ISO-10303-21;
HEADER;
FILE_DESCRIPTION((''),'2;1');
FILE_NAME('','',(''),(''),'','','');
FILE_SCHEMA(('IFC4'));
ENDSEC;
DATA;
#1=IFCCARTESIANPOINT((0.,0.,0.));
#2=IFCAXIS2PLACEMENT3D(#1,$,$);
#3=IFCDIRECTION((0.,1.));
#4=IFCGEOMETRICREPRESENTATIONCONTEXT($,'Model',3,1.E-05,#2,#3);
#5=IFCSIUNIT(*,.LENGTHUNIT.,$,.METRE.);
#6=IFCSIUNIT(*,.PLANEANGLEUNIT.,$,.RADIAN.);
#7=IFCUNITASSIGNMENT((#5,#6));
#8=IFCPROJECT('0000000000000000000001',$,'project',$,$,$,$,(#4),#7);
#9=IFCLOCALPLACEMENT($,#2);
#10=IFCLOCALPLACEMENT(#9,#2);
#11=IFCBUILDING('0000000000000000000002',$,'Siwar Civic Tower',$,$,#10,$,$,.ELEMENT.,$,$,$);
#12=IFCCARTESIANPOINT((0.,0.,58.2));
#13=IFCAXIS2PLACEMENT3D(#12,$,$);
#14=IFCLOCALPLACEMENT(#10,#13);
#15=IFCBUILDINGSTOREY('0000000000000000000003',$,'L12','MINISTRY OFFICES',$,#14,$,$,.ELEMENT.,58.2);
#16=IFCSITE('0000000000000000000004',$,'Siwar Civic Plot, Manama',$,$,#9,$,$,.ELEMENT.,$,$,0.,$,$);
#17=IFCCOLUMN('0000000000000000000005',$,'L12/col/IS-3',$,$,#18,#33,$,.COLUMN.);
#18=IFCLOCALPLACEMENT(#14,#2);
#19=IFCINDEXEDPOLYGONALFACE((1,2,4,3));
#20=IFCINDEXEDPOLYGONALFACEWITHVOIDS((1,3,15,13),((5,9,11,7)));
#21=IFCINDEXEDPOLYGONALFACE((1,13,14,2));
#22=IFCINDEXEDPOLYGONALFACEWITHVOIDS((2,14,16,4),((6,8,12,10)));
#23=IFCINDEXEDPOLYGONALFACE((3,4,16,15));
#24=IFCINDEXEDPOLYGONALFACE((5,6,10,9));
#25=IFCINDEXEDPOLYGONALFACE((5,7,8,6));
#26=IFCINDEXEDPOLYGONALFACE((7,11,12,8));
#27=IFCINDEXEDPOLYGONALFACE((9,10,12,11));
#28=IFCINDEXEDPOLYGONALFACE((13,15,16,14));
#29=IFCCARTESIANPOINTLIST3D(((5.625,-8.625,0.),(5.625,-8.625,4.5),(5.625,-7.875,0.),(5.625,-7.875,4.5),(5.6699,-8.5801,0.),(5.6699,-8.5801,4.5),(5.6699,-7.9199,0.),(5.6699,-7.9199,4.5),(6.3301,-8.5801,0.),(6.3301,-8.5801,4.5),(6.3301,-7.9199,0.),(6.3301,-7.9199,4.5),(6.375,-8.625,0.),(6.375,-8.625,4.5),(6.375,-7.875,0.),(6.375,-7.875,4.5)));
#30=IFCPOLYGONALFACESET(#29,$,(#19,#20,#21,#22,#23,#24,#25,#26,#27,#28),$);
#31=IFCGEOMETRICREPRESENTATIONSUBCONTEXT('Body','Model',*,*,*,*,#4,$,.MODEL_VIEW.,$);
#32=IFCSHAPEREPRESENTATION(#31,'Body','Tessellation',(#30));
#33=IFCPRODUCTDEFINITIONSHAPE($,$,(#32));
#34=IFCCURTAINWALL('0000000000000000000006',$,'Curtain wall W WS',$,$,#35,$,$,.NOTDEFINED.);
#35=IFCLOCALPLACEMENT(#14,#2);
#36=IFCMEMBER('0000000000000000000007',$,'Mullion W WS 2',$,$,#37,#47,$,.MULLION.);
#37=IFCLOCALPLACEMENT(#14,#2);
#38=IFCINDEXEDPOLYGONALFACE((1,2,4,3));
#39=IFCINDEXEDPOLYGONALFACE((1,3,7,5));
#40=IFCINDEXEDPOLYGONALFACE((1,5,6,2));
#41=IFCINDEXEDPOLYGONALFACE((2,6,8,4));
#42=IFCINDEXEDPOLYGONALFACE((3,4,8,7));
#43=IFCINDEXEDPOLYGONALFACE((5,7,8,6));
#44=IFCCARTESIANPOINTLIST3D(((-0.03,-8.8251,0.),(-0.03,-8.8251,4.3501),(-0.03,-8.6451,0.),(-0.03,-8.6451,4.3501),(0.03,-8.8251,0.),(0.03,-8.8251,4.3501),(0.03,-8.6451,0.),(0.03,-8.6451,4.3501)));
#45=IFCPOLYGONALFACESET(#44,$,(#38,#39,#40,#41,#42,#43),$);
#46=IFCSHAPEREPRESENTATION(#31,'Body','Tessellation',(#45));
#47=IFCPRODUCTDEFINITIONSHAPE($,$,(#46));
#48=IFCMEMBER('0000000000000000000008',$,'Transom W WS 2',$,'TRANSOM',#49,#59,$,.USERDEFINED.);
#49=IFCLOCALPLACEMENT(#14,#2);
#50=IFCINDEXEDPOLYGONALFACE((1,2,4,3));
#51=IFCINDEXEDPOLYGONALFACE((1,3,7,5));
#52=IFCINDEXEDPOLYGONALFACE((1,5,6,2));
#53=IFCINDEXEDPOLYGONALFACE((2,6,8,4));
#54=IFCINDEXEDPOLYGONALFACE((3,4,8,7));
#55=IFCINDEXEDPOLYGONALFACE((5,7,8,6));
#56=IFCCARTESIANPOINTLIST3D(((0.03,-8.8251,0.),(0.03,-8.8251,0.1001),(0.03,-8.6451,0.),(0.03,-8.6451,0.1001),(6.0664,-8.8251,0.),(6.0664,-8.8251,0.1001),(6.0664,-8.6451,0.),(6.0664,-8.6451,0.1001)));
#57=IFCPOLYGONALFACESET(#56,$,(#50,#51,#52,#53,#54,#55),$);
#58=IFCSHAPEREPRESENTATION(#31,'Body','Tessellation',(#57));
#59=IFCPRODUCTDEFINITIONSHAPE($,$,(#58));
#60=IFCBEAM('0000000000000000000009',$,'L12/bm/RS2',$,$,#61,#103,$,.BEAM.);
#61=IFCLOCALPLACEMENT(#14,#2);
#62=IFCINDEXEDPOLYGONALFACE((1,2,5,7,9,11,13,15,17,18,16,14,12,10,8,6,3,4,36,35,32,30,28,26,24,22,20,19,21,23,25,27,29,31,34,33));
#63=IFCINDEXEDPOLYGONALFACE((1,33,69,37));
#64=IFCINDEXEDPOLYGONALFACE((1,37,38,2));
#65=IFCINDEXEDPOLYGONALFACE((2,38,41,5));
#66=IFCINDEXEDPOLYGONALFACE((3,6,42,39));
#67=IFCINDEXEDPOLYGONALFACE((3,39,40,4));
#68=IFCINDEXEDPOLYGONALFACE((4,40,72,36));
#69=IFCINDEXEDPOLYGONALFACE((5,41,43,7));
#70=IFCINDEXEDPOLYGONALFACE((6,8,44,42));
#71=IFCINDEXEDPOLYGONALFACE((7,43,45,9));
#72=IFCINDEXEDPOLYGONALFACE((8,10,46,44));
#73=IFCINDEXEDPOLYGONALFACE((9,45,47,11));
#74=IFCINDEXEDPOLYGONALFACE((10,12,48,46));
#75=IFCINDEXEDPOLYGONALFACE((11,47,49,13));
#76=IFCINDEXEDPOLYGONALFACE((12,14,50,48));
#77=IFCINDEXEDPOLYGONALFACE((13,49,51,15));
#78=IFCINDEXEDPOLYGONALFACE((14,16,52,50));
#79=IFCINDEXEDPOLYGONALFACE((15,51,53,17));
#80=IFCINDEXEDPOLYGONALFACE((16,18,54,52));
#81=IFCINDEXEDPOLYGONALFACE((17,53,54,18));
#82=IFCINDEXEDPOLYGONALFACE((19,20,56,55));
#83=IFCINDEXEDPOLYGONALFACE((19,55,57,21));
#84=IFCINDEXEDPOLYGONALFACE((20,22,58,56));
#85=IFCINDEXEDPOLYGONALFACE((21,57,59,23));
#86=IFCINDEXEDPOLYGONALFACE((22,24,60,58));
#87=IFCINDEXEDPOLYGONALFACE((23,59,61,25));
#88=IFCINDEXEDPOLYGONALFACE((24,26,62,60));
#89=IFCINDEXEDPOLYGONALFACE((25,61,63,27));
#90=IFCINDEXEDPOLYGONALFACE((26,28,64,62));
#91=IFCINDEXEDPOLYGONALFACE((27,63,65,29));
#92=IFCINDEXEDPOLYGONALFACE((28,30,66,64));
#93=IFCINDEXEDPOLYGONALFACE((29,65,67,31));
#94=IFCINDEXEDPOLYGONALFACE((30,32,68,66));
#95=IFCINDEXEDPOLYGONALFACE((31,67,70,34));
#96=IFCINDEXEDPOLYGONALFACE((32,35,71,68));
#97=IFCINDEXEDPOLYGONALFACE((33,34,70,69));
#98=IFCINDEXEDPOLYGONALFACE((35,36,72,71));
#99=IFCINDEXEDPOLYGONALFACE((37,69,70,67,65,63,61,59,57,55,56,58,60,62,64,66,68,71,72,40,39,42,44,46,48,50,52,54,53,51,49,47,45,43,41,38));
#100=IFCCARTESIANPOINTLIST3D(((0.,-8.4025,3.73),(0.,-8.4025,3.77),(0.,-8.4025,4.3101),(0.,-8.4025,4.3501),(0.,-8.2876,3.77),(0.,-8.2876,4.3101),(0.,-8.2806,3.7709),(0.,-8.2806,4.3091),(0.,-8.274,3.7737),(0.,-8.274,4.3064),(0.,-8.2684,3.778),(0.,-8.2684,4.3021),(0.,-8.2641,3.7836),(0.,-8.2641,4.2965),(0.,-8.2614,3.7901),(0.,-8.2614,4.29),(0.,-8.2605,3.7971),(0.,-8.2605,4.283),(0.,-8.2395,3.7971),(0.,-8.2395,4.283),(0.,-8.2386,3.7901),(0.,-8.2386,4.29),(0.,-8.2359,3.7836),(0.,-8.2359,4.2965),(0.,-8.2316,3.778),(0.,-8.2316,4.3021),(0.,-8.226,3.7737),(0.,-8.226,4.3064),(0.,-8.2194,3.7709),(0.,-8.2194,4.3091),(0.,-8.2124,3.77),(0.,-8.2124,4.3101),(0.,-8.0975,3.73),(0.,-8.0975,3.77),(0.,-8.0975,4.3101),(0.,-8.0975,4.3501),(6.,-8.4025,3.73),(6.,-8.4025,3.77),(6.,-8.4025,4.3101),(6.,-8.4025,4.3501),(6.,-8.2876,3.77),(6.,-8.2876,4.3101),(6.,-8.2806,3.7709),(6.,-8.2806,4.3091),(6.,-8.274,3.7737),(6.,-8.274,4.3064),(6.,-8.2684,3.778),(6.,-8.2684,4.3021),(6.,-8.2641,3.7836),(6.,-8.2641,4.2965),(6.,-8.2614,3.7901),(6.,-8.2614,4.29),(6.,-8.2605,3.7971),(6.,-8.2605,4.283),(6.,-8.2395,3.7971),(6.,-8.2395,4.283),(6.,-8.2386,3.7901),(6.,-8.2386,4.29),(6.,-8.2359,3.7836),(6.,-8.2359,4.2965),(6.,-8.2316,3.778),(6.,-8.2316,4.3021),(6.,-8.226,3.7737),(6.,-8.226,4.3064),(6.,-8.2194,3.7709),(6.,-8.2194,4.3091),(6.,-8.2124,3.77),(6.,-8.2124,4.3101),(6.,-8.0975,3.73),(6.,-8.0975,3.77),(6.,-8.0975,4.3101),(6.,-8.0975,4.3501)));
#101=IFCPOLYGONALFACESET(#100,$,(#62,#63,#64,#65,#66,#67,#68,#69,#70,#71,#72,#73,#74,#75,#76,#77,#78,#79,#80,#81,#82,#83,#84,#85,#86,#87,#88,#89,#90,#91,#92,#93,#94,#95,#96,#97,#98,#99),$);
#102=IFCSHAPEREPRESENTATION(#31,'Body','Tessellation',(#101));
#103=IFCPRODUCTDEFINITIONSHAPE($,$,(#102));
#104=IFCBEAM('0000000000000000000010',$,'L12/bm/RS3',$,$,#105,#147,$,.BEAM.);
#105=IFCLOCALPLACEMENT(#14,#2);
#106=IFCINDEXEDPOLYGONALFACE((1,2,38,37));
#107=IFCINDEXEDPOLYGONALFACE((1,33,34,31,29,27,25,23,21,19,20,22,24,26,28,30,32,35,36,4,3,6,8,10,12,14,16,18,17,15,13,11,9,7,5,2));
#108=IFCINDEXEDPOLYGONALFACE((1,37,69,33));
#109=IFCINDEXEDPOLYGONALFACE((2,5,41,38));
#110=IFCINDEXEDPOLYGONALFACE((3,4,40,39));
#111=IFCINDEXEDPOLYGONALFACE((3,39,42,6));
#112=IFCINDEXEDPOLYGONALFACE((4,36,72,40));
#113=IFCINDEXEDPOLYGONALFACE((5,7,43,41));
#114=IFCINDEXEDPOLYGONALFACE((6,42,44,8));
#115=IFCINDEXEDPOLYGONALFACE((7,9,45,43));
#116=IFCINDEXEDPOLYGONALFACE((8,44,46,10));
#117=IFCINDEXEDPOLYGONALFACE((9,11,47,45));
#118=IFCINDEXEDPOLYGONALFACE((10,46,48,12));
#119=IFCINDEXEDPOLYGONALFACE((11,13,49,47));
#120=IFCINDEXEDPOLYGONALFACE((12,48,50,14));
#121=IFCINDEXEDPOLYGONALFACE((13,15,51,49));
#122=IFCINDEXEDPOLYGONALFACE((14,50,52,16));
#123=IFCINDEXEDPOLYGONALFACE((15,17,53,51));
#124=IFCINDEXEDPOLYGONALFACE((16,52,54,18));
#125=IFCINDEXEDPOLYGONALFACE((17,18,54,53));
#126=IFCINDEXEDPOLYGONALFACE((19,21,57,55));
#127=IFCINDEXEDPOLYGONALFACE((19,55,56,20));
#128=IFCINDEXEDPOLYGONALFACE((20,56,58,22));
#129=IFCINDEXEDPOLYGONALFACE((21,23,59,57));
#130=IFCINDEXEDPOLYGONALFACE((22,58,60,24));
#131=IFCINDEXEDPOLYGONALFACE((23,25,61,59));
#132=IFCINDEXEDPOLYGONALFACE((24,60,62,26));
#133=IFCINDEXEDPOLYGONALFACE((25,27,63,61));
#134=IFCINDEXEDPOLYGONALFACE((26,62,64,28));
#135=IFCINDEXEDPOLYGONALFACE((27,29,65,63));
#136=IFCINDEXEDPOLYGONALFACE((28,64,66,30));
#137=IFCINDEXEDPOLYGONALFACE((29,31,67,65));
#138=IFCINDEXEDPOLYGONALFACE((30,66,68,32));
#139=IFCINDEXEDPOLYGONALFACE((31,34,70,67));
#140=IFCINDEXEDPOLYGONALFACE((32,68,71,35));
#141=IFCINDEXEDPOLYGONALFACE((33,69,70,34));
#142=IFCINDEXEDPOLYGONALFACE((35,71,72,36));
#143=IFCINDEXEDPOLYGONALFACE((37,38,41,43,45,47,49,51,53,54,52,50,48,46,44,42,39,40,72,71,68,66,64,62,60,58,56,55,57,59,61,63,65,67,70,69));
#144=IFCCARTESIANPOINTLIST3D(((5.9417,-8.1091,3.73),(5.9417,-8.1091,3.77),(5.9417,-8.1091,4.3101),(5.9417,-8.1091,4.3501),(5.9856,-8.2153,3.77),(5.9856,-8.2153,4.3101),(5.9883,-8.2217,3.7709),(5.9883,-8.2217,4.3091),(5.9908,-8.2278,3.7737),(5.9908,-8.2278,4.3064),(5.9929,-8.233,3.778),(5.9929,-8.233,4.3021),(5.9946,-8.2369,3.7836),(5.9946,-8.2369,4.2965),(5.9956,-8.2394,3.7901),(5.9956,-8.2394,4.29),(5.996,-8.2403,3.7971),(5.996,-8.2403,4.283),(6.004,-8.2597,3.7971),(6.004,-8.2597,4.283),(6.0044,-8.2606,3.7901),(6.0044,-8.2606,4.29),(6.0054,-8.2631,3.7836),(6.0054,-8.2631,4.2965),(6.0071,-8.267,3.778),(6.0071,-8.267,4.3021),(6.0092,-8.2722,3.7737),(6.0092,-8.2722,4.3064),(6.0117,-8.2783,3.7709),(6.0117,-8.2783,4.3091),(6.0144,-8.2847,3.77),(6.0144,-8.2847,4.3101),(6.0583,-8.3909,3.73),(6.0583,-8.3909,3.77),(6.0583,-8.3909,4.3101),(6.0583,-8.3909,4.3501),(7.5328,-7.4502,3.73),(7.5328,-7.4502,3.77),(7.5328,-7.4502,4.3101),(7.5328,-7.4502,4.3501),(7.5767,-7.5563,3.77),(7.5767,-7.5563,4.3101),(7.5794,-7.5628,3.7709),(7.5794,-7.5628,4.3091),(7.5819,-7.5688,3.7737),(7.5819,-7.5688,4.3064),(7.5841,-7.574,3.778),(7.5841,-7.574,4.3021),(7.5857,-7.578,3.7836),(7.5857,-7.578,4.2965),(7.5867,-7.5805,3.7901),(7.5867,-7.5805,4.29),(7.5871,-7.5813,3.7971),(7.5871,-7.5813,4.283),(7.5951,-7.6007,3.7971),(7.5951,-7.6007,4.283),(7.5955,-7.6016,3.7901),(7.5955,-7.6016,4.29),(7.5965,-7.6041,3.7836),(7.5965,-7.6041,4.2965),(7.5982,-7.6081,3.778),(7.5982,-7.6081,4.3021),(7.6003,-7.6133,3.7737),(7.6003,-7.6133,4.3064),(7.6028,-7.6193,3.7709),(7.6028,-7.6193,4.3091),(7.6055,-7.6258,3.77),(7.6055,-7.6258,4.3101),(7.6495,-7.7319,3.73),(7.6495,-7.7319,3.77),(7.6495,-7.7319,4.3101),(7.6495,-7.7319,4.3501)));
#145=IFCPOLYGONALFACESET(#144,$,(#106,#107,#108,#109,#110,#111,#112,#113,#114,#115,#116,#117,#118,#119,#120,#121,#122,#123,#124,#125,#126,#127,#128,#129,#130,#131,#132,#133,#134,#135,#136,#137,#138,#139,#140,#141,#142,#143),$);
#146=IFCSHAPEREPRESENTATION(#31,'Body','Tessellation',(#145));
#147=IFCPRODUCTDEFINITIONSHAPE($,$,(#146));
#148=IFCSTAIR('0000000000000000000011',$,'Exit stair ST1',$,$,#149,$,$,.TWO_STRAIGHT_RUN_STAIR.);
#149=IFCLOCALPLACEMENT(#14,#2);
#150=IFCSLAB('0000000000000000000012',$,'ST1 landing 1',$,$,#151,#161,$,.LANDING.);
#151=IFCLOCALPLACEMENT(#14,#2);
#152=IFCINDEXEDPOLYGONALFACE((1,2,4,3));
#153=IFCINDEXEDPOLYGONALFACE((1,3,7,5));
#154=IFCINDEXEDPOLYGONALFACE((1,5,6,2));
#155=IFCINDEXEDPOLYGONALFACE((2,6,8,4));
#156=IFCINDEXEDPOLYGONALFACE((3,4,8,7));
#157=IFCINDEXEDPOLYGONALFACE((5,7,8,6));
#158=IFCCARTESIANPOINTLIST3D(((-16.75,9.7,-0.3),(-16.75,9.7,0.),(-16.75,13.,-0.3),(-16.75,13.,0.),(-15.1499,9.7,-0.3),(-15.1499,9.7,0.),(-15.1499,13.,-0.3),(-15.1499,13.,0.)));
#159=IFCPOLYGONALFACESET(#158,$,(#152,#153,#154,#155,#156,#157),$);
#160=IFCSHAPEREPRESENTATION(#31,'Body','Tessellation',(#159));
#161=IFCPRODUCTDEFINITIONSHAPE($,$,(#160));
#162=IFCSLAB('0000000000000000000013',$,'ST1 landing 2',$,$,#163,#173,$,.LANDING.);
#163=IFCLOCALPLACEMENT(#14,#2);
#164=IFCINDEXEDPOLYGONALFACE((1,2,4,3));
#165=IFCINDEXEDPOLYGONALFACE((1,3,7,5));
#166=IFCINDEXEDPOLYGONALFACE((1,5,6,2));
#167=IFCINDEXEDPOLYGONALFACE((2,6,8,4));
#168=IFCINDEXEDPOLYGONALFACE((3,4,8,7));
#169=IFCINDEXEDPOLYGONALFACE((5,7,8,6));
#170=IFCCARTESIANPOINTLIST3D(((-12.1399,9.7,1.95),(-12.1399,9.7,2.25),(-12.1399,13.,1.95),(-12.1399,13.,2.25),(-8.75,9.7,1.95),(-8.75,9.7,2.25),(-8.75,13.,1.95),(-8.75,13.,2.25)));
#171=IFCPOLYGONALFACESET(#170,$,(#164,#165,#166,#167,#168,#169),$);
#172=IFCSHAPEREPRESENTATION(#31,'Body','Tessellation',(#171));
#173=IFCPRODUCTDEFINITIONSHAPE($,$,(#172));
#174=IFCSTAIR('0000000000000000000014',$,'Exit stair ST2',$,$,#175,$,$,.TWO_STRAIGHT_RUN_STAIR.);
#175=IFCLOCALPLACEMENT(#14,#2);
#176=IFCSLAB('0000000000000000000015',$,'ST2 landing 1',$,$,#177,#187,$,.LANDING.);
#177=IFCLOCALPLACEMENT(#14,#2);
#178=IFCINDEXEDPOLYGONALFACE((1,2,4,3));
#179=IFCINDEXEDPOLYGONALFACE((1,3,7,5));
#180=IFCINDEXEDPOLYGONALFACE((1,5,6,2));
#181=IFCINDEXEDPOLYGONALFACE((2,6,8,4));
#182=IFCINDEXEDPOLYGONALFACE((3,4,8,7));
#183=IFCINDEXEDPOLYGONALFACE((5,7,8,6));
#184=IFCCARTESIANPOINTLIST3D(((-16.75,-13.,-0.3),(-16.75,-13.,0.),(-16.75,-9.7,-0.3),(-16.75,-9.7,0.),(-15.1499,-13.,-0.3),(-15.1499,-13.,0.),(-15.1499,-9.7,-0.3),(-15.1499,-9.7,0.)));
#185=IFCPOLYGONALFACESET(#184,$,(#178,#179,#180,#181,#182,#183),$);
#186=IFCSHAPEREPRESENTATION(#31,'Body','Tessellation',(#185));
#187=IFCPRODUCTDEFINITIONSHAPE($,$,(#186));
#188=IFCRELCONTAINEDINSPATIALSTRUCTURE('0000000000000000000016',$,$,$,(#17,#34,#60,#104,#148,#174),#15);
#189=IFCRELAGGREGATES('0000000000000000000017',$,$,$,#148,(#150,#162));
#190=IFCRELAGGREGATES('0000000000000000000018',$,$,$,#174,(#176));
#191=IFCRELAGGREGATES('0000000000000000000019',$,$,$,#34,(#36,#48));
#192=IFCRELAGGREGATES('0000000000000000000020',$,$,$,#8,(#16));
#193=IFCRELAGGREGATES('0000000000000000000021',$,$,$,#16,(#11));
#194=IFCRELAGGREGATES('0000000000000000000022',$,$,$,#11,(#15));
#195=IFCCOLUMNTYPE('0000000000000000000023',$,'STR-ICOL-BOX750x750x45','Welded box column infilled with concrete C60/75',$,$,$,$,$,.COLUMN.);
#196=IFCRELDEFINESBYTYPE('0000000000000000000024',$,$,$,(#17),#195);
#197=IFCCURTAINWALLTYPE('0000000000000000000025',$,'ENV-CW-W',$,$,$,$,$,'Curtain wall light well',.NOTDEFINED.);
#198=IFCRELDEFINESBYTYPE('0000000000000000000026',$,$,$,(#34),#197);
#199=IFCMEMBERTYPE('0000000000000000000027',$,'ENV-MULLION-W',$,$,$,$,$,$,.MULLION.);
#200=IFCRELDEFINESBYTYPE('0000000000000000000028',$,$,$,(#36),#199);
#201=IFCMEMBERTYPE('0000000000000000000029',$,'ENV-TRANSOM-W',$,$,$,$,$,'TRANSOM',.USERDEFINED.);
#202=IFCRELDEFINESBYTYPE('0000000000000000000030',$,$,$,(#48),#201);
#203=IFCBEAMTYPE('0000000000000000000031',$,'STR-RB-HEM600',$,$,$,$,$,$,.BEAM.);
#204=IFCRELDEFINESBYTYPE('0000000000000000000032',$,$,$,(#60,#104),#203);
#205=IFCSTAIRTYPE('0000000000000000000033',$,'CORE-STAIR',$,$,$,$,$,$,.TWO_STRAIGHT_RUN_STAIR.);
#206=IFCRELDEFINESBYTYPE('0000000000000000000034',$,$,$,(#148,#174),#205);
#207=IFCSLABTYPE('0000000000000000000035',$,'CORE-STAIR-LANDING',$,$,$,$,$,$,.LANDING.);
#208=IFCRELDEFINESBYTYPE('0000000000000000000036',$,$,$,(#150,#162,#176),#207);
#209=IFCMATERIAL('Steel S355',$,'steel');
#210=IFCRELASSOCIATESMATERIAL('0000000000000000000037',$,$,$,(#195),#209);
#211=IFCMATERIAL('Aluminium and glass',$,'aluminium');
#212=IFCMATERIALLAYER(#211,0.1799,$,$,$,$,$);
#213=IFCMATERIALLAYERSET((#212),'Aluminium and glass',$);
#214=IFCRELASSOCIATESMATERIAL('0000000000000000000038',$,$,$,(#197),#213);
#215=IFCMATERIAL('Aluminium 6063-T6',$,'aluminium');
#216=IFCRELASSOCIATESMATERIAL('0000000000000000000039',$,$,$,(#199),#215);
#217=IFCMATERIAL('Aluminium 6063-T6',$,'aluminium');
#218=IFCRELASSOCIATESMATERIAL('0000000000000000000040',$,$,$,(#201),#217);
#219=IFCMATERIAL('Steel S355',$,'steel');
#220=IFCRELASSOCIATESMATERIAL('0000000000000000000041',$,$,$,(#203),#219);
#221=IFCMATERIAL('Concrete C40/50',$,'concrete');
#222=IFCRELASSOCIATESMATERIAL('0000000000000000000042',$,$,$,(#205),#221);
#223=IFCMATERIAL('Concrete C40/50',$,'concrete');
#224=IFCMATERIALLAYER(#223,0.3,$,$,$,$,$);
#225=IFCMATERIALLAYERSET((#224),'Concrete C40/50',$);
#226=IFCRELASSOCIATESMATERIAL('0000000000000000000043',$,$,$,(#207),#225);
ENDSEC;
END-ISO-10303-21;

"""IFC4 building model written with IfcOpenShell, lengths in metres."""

from ifc_helpers import new_model, si_unit, direction, frame, origin, origin_2d, place, context, subcontext, project, spatial, polyline, rectangle, hollow_rectangle, i_section, outline, extrude, material, layer, layer_set, material_profile, profile_set, type_object, element, aggregate, save


model = new_model("IFC4")

# Units and contexts
model_context = context("Model", 3, precision=1e-05, world=origin(), true_north=direction((0.0, 1.0)))
body_context = subcontext(model_context, "Body", "Model", "MODEL_VIEW")
ifc_project = project(units=[si_unit("LENGTHUNIT", "METRE"), si_unit("PLANEANGLEUNIT", "RADIAN")], contexts=[model_context])

# Site, building, storey
site_placement = place(None, origin())
site = spatial("IfcSite", under=ifc_project, at=site_placement, Name="Siwar Civic Plot, Manama", CompositionType="ELEMENT", RefElevation=0.0)
building_placement = place(site_placement, origin())
building = spatial("IfcBuilding", under=site, at=building_placement, Name="Siwar Civic Tower", CompositionType="ELEMENT")
storey_placement = place(building_placement, frame((0.0, 0.0, 58.2)))
storey = spatial("IfcBuildingStorey", under=building, at=storey_placement, Name="L12", Description="MINISTRY OFFICES", CompositionType="ELEMENT", Elevation=58.2)

# Column
ifc_material_1 = material(Name="Steel S355", Category="steel")
ifc_material_profile_1 = material_profile(ifc_material_1, hollow_rectangle(XDim=0.75, YDim=0.75, WallThickness=0.0449, at=origin_2d()), Name="BOX750x750x45")
ifc_profile_set_1 = profile_set([ifc_material_profile_1], Name="Steel S355")
column_type = type_object("IfcColumnType", Name="STR-ICOL-BOX750x750x45", Description="Welded box column infilled with concrete C60/75", PredefinedType="COLUMN", material=ifc_profile_set_1)
column_placement = place(storey_placement, frame((6.0, -8.25, 0.0), z_axis=(0.0, 0.0, 1.0), x_axis=(1.0, 0.0, 0.0)))
element("IfcColumn", 1, at=column_placement, inside=storey, type_object=column_type, Name="L12/col/IS-3", PredefinedType="COLUMN", context=body_context, shape_type="SweptSolid", body=[
    extrude(hollow_rectangle(XDim=0.75, YDim=0.75, WallThickness=0.0449, at=origin_2d()), origin(), (0.0, 0.0, 1.0), 4.5),
])

# Curtain wall, members
ifc_material_2 = material(Name="Aluminium and glass", Category="aluminium")
ifc_layer_1 = layer(ifc_material_2, 0.1799)
ifc_layer_set_1 = layer_set([ifc_layer_1], Name="Aluminium and glass")
curtain_wall_type = type_object("IfcCurtainWallType", Name="ENV-CW-W", ElementType="Curtain wall light well", PredefinedType="NOTDEFINED", material=ifc_layer_set_1)
curtain_wall_placement = place(storey_placement, origin())
curtain_wall = element("IfcCurtainWall", 2, at=curtain_wall_placement, inside=storey, type_object=curtain_wall_type, Name="Curtain wall W WS", PredefinedType="NOTDEFINED")
ifc_material_3 = material(Name="Aluminium 6063-T6", Category="aluminium")
ifc_material_profile_2 = material_profile(ifc_material_3, rectangle(XDim=0.1799, YDim=0.0601, at=origin_2d()), Name="AL 180x60")
ifc_profile_set_2 = profile_set([ifc_material_profile_2], Name="Aluminium 6063-T6")
member_type_1 = type_object("IfcMemberType", Name="ENV-MULLION-W", PredefinedType="MULLION", material=ifc_profile_set_2)
member_1_placement = place(storey_placement, frame((0.0, -8.7351, 0.0), z_axis=(0.0, 0.0, 1.0), x_axis=(0.0, 1.0, 0.0)))
member_1 = element("IfcMember", 3, at=member_1_placement, type_object=member_type_1, Name="Mullion W WS 2", PredefinedType="MULLION", context=body_context, shape_type="SweptSolid", body=[
    extrude(rectangle(XDim=0.1799, YDim=0.0601, at=origin_2d()), origin(), (0.0, 0.0, 1.0), 4.3501),
])
ifc_material_4 = material(Name="Aluminium 6063-T6", Category="aluminium")
ifc_material_profile_3 = material_profile(ifc_material_4, rectangle(XDim=0.1799, YDim=0.1001, at=origin_2d()), Name="AL 180x100")
ifc_profile_set_3 = profile_set([ifc_material_profile_3], Name="Aluminium 6063-T6")
member_type_2 = type_object("IfcMemberType", Name="ENV-TRANSOM-W", ElementType="TRANSOM", PredefinedType="USERDEFINED", material=ifc_profile_set_3)
member_2_placement = place(storey_placement, frame((0.03, -8.7351, 0.05), z_axis=(1.0, 0.0, 0.0), x_axis=(0.0, 1.0, 0.0)))
member_2 = element("IfcMember", 4, at=member_2_placement, type_object=member_type_2, Name="Transom W WS 2", ObjectType="TRANSOM", PredefinedType="USERDEFINED", context=body_context, shape_type="SweptSolid", body=[
    extrude(rectangle(XDim=0.1799, YDim=0.1001, at=origin_2d()), origin(), (0.0, 0.0, 1.0), 6.0364),
])

# Beams
ifc_material_5 = material(Name="Steel S355", Category="steel")
ifc_material_profile_4 = material_profile(ifc_material_5, i_section(OverallWidth=0.3049, OverallDepth=0.6201, WebThickness=0.021, FlangeThickness=0.04, FilletRadius=0.0271, at=origin_2d()), Name="HEM600")
ifc_profile_set_4 = profile_set([ifc_material_profile_4], Name="Steel S355")
beam_type = type_object("IfcBeamType", Name="STR-RB-HEM600", PredefinedType="BEAM", material=ifc_profile_set_4)
beam_1_placement = place(storey_placement, frame((0.0, -8.25, 4.04), z_axis=(1.0, 0.0, 0.0), x_axis=(0.0, 1.0, 0.0)))
element("IfcBeam", 5, at=beam_1_placement, inside=storey, type_object=beam_type, Name="L12/bm/RS2", PredefinedType="BEAM", context=body_context, shape_type="SweptSolid", body=[
    extrude(i_section(OverallWidth=0.3049, OverallDepth=0.6201, WebThickness=0.021, FlangeThickness=0.04, FilletRadius=0.0271, at=origin_2d()), origin(), (0.0, 0.0, 1.0), 6.0),
])
beam_2_placement = place(storey_placement, frame((6.0, -8.25, 4.04), z_axis=(0.923901, 0.382631, 0.0), x_axis=(-0.382631, 0.923901, 0.0)))
element("IfcBeam", 6, at=beam_2_placement, inside=storey, type_object=beam_type, Name="L12/bm/RS3", PredefinedType="BEAM", context=body_context, shape_type="SweptSolid", body=[
    extrude(i_section(OverallWidth=0.3049, OverallDepth=0.6201, WebThickness=0.021, FlangeThickness=0.04, FilletRadius=0.0271, at=origin_2d()), origin(), (0.0, 0.0, 1.0), 1.7222),
])

# Stairs, slabs
ifc_material_6 = material(Name="Concrete C40/50", Category="concrete")
stair_type = type_object("IfcStairType", Name="CORE-STAIR", PredefinedType="TWO_STRAIGHT_RUN_STAIR", material=ifc_material_6)
stair_1_placement = place(storey_placement, origin())
stair_1 = element("IfcStair", 7, at=stair_1_placement, inside=storey, type_object=stair_type, Name="Exit stair ST1", PredefinedType="TWO_STRAIGHT_RUN_STAIR")
ifc_material_7 = material(Name="Concrete C40/50", Category="concrete")
ifc_layer_2 = layer(ifc_material_7, 0.3)
ifc_layer_set_2 = layer_set([ifc_layer_2], Name="Concrete C40/50")
slab_type_1 = type_object("IfcSlabType", Name="CORE-STAIR-LANDING", PredefinedType="LANDING", material=ifc_layer_set_2)
slab_1_placement = place(storey_placement, frame((0.0, 0.0, -0.3)))
slab_1 = element("IfcSlab", 8, at=slab_1_placement, type_object=slab_type_1, Name="ST1 landing 1", PredefinedType="LANDING", context=body_context, shape_type="SweptSolid", body=[
    extrude(outline(polyline([(-15.1499, 13.0), (-16.75, 13.0), (-16.75, 9.7), (-15.1499, 9.7), (-15.1499, 13.0)])), origin(), (0.0, 0.0, 1.0), 0.3),
])
slab_2_placement = place(storey_placement, frame((0.0, 0.0, 1.95)))
slab_2 = element("IfcSlab", 9, at=slab_2_placement, type_object=slab_type_1, Name="ST1 landing 2", PredefinedType="LANDING", context=body_context, shape_type="SweptSolid", body=[
    extrude(outline(polyline([(-8.75, 13.0), (-12.1399, 13.0), (-12.1399, 9.7), (-8.75, 9.7), (-8.75, 13.0)])), origin(), (0.0, 0.0, 1.0), 0.3),
])
aggregate(stair_1, [slab_1, slab_2])
stair_2_placement = place(storey_placement, origin())
stair_2 = element("IfcStair", 10, at=stair_2_placement, inside=storey, type_object=stair_type, Name="Exit stair ST2", PredefinedType="TWO_STRAIGHT_RUN_STAIR")
slab_3_placement = place(storey_placement, frame((0.0, 0.0, -0.3)))
slab_3 = element("IfcSlab", 11, at=slab_3_placement, type_object=slab_type_1, Name="ST2 landing 1", PredefinedType="LANDING", context=body_context, shape_type="SweptSolid", body=[
    extrude(outline(polyline([(-15.1499, -9.7), (-16.75, -9.7), (-16.75, -13.0), (-15.1499, -13.0), (-15.1499, -9.7)])), origin(), (0.0, 0.0, 1.0), 0.3),
])
aggregate(stair_2, [slab_3])

aggregate(curtain_wall, [member_1, member_2])

save(model, "model.ifc")
